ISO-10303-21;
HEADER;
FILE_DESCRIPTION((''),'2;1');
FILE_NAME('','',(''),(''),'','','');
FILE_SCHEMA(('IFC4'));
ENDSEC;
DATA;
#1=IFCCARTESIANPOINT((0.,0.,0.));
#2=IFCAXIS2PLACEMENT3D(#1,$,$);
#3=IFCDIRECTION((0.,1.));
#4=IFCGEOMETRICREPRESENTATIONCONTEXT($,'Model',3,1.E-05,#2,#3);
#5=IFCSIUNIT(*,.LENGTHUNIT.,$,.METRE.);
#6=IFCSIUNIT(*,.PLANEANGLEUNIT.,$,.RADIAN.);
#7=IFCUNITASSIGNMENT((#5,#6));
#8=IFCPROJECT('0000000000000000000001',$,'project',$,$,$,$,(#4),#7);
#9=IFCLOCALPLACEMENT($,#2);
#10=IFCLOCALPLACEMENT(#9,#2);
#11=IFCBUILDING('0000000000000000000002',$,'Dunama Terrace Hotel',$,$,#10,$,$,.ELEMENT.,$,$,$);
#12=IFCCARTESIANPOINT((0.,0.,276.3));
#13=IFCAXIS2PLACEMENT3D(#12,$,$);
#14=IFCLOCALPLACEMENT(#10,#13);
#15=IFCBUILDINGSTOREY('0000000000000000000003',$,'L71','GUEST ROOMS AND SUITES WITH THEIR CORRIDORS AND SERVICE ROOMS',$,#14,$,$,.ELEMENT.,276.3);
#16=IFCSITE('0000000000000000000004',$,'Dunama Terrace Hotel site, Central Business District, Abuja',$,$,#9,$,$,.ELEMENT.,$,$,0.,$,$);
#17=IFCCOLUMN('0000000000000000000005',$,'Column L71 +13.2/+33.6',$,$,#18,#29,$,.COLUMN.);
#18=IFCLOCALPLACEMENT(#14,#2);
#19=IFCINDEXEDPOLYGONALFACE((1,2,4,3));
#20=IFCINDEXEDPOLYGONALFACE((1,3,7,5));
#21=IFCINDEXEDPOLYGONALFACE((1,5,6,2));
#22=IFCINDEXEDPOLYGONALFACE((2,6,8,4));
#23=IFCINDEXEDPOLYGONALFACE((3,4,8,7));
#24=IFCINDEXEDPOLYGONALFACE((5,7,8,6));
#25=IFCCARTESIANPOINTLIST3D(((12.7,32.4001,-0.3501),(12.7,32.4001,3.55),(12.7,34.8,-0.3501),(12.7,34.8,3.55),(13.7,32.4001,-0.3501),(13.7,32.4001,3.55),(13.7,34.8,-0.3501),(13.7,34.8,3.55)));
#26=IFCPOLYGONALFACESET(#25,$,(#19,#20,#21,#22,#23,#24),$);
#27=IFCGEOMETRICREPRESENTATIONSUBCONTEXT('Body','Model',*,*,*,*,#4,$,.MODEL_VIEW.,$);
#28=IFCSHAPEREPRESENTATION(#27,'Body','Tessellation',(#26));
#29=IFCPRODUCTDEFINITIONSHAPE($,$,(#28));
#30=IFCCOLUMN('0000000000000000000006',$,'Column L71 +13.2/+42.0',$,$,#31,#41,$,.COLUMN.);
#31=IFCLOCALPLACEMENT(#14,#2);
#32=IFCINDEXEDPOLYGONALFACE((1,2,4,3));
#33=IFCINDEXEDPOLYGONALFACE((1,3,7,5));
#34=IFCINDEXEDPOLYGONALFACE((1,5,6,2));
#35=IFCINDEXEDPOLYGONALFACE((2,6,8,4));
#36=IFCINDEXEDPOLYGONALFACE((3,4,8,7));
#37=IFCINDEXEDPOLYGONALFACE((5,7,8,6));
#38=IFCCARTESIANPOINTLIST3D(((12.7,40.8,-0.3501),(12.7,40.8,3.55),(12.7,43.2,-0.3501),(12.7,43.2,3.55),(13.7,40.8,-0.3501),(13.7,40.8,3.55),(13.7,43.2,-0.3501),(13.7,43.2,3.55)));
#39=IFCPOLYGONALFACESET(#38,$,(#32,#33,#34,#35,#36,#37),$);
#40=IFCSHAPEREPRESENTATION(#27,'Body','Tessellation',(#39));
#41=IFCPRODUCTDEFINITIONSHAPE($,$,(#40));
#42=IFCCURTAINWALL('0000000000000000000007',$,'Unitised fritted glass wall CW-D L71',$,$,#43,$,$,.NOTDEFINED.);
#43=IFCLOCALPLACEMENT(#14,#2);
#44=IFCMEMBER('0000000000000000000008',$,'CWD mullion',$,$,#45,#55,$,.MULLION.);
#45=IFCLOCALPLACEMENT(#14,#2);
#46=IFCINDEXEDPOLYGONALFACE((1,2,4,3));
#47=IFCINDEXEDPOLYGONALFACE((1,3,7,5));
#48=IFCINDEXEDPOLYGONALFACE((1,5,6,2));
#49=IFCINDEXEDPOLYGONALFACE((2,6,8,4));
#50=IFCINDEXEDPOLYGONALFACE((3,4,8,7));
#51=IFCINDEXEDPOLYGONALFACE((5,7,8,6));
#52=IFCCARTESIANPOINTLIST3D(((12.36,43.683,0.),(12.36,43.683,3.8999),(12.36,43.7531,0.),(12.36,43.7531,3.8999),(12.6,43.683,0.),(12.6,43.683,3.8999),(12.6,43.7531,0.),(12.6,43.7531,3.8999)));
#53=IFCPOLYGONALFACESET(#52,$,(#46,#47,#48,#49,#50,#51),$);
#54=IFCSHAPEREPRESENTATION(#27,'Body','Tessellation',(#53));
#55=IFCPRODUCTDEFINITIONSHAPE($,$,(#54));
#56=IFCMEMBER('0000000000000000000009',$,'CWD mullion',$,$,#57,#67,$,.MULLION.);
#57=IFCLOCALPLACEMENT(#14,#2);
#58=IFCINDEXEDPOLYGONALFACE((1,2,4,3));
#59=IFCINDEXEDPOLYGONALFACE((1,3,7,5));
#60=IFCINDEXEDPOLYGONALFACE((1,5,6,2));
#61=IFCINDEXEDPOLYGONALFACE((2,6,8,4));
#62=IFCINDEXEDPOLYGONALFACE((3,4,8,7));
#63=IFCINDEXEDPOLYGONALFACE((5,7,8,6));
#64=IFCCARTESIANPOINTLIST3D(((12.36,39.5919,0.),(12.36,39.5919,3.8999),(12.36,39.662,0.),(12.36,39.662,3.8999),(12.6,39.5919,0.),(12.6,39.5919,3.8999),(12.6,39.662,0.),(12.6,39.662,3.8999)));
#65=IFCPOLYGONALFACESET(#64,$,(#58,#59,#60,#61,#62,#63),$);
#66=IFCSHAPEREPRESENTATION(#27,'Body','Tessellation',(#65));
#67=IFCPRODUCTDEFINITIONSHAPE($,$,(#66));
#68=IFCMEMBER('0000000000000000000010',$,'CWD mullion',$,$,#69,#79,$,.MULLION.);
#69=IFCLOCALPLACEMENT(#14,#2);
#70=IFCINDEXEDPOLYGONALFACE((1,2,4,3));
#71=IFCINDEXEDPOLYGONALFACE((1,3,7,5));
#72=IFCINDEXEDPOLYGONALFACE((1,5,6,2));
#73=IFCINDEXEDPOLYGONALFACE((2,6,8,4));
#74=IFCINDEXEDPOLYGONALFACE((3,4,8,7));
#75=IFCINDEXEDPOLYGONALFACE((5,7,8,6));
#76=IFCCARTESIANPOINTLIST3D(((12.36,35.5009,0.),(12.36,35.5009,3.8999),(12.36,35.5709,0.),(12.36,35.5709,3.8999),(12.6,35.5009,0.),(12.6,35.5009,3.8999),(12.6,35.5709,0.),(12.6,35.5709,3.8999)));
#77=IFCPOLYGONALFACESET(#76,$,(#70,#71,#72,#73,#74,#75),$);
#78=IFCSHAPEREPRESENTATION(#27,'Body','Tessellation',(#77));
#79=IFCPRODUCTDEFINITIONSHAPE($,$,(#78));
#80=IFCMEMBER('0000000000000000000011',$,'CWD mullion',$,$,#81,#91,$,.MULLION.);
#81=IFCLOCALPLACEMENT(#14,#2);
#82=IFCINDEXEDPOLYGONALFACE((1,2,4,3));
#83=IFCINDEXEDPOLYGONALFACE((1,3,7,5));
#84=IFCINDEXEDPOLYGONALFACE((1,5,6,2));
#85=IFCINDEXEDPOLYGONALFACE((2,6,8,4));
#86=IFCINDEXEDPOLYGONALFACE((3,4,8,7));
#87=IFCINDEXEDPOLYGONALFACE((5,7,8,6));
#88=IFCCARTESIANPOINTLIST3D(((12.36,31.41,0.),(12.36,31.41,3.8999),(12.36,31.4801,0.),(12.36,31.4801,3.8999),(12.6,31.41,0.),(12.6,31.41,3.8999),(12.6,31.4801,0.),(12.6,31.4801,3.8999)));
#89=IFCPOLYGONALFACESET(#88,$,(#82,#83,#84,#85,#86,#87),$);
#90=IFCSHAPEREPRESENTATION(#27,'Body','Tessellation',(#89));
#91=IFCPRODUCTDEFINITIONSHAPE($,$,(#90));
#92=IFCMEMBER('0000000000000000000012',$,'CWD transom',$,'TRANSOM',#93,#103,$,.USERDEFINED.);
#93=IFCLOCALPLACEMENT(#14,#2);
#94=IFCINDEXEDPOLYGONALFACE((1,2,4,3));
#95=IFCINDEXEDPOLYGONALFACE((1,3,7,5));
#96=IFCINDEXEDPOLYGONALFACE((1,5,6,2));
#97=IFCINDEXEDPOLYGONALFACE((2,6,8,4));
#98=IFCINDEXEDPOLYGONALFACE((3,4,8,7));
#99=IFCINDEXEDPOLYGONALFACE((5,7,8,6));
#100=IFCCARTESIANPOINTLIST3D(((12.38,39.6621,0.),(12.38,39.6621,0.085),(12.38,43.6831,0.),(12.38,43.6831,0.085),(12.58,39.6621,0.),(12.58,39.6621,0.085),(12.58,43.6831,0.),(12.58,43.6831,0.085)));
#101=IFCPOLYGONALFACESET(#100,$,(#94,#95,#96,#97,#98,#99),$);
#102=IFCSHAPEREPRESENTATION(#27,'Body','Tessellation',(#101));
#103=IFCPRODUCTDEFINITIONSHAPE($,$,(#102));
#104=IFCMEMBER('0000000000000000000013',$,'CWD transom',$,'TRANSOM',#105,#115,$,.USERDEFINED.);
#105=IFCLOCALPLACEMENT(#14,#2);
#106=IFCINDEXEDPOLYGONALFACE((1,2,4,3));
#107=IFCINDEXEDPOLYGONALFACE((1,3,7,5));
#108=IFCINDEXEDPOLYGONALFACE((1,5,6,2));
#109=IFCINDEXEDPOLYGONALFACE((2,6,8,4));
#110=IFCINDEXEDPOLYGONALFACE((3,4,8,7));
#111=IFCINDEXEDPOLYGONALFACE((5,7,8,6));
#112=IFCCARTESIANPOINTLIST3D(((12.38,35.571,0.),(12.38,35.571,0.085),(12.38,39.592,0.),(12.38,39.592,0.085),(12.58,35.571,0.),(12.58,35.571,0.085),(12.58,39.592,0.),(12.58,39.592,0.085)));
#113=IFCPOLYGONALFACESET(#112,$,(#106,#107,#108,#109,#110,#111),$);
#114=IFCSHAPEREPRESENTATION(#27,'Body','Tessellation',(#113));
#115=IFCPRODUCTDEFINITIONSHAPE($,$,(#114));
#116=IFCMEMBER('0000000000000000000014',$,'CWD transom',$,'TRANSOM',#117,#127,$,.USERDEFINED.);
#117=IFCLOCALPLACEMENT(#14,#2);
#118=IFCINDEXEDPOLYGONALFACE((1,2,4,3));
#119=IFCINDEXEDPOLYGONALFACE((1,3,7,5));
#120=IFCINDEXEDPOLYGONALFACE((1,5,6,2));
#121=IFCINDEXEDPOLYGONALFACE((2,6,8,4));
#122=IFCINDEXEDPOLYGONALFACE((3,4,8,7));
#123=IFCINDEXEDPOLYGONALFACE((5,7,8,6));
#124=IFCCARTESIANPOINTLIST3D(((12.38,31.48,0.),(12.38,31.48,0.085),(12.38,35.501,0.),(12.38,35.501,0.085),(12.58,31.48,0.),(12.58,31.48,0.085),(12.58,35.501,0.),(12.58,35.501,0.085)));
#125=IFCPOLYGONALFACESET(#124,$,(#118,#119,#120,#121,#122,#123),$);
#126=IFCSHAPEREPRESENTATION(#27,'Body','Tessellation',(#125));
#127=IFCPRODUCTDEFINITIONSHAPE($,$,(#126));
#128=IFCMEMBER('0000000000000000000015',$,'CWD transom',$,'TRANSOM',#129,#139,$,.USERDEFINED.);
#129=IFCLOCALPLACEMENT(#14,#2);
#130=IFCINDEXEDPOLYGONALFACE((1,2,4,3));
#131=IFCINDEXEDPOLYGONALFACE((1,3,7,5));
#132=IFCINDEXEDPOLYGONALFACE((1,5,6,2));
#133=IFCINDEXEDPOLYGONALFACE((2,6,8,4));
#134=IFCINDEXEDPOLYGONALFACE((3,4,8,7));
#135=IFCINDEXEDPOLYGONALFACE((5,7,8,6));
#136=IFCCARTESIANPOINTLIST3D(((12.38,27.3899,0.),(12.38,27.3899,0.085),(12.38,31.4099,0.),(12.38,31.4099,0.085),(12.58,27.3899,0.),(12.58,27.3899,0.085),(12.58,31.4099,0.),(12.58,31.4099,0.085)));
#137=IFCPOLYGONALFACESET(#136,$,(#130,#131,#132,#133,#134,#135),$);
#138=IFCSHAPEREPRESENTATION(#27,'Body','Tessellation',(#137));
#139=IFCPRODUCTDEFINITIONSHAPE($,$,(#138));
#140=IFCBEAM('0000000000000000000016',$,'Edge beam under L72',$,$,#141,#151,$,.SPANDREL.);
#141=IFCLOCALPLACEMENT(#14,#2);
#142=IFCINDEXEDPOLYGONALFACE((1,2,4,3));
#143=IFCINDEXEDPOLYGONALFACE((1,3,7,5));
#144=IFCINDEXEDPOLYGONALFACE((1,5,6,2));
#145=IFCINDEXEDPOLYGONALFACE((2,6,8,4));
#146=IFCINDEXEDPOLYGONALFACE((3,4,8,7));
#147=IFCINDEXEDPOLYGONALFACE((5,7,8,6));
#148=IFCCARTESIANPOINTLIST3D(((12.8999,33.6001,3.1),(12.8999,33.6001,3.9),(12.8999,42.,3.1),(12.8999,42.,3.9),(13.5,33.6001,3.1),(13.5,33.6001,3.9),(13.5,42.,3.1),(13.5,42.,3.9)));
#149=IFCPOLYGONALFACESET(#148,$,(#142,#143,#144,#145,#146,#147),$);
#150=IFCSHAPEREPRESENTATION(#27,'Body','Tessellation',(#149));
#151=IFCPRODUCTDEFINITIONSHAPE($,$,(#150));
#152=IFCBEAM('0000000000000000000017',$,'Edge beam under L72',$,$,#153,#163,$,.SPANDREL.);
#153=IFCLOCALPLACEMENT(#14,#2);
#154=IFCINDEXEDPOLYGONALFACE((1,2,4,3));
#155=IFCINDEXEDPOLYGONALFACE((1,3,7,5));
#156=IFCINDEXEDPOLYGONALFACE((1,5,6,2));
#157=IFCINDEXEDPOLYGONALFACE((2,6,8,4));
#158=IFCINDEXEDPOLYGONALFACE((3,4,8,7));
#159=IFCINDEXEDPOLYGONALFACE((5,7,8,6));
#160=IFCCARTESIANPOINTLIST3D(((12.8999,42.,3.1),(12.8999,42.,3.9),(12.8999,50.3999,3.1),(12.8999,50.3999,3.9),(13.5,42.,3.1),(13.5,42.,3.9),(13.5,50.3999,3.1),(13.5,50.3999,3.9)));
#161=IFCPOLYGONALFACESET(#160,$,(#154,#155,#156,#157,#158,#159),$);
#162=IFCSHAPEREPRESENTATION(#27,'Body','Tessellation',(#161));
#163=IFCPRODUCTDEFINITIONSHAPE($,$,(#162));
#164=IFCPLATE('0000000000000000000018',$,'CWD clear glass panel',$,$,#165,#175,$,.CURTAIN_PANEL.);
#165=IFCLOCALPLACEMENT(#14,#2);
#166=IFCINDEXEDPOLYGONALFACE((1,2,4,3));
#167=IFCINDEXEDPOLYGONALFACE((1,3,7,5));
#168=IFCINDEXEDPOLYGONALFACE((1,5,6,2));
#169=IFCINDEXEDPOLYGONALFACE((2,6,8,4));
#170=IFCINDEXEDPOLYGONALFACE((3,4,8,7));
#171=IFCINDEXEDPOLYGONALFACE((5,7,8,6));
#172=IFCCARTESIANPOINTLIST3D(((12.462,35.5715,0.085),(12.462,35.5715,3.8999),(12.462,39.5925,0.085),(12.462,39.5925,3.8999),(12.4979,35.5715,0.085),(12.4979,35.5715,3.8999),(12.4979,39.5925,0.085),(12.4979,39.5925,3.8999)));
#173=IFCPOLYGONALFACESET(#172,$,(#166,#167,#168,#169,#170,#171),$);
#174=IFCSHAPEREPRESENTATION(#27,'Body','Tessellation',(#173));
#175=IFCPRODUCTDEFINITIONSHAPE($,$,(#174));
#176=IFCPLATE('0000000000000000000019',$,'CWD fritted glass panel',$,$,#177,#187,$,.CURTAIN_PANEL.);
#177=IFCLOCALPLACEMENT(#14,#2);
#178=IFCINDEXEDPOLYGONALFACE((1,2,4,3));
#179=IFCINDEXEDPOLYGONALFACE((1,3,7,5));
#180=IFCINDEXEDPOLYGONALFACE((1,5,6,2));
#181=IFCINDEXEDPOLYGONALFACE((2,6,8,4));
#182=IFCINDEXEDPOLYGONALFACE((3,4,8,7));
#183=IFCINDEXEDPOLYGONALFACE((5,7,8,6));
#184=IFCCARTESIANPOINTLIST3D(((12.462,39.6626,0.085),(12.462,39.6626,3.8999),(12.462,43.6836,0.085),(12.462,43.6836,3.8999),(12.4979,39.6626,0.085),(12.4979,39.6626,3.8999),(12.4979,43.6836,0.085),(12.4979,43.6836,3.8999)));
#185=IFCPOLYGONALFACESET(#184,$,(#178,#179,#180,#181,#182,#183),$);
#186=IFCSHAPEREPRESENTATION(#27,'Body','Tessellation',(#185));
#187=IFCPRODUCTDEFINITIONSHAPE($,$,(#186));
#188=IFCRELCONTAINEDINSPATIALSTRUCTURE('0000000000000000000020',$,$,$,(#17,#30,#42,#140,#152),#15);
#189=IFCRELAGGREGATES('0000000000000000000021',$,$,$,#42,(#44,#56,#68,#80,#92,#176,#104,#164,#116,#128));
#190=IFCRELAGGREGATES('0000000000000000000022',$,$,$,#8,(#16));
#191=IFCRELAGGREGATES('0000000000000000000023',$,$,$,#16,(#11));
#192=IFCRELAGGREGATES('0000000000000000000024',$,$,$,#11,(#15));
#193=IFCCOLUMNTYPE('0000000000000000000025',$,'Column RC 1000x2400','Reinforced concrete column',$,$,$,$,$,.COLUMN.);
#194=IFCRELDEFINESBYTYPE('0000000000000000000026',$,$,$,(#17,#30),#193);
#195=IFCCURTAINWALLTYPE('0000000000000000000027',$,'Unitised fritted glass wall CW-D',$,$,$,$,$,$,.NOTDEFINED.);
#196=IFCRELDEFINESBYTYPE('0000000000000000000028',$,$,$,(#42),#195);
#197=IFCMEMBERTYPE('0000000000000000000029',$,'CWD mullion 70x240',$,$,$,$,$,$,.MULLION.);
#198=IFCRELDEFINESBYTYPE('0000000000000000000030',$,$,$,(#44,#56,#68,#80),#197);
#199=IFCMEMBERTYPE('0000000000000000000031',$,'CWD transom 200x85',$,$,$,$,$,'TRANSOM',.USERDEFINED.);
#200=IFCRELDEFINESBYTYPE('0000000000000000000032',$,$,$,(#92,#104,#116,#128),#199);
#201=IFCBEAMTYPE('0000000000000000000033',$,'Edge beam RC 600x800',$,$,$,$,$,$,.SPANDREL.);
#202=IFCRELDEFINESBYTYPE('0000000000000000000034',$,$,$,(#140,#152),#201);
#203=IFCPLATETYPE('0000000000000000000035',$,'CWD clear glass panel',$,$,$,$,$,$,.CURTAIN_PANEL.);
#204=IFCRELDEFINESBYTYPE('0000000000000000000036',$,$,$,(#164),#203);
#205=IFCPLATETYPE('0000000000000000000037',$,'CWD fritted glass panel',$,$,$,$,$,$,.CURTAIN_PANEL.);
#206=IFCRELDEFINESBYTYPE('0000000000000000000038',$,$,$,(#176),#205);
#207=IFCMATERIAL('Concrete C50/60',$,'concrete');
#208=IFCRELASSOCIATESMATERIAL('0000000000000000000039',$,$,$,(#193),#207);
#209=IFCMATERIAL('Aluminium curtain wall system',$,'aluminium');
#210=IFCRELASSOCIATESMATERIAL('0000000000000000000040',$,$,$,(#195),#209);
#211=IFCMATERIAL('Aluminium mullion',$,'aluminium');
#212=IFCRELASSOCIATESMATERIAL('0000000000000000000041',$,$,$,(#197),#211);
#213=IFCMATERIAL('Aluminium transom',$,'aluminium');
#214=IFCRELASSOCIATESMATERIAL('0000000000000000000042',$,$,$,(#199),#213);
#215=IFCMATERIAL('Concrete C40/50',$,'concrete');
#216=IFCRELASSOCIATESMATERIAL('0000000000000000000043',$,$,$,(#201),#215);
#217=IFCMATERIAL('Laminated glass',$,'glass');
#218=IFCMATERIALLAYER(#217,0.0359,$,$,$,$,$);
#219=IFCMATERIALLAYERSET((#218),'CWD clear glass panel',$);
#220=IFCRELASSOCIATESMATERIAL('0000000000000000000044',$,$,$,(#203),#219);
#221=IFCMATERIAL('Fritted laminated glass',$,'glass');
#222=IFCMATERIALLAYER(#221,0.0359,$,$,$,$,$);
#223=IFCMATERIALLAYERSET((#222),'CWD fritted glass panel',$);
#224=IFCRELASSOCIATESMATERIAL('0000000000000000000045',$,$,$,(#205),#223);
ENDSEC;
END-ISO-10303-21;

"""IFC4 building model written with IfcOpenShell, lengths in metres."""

from ifc_helpers import new_model, si_unit, direction, frame, origin, origin_2d, place, context, subcontext, project, spatial, rectangle, extrude, material, layer, layer_set, material_profile, profile_set, type_object, element, aggregate, save


model = new_model("IFC4")

# Units and contexts
model_context = context("Model", 3, precision=1e-05, world=origin(), true_north=direction((0.0, 1.0)))
body_context = subcontext(model_context, "Body", "Model", "MODEL_VIEW")
ifc_project = project(units=[si_unit("LENGTHUNIT", "METRE"), si_unit("PLANEANGLEUNIT", "RADIAN")], contexts=[model_context])

# Site, building, storey
site_placement = place(None, origin())
site = spatial("IfcSite", under=ifc_project, at=site_placement, Name="Dunama Terrace Hotel site, Central Business District, Abuja", CompositionType="ELEMENT", RefElevation=0.0)
building_placement = place(site_placement, origin())
building = spatial("IfcBuilding", under=site, at=building_placement, Name="Dunama Terrace Hotel", CompositionType="ELEMENT")
storey_placement = place(building_placement, frame((0.0, 0.0, 276.3)))
storey = spatial("IfcBuildingStorey", under=building, at=storey_placement, Name="L71", Description="GUEST ROOMS AND SUITES WITH THEIR CORRIDORS AND SERVICE ROOMS", CompositionType="ELEMENT", Elevation=276.3)

# Columns
ifc_material_1 = material(Name="Concrete C50/60", Category="concrete")
ifc_material_profile_1 = material_profile(ifc_material_1, rectangle(XDim=1.0, YDim=2.3999, at=origin_2d()), Name="RC 1000x2400")
ifc_profile_set_1 = profile_set([ifc_material_profile_1], Name="Concrete C50/60")
column_type = type_object("IfcColumnType", Name="Column RC 1000x2400", Description="Reinforced concrete column", PredefinedType="COLUMN", material=ifc_profile_set_1)
for number, where, z_axis, x_axis, name in (
    (1, (13.2, 33.6001, -0.3501), (0.0, 0.0, 1.0), (1.0, 0.0, 0.0), "Column L71 +13.2/+33.6"),
    (2, (13.2, 42.0, -0.3501), (0.0, 0.0, 1.0), (1.0, 0.0, 0.0), "Column L71 +13.2/+42.0"),
):
    element("IfcColumn", number, at=place(storey_placement, frame(where, z_axis=z_axis, x_axis=x_axis)), inside=storey, type_object=column_type, Name=name, PredefinedType="COLUMN", context=body_context, shape_type="SweptSolid", body=[
        extrude(rectangle(XDim=1.0, YDim=2.3999, at=origin_2d()), origin(), (0.0, 0.0, 1.0), 3.9001),
    ])

# Curtain wall, members
ifc_material_2 = material(Name="Aluminium curtain wall system", Category="aluminium")
curtain_wall_type = type_object("IfcCurtainWallType", Name="Unitised fritted glass wall CW-D", PredefinedType="NOTDEFINED", material=ifc_material_2)
curtain_wall_placement = place(storey_placement, origin())
curtain_wall = element("IfcCurtainWall", 3, at=curtain_wall_placement, inside=storey, type_object=curtain_wall_type, Name="Unitised fritted glass wall CW-D L71", PredefinedType="NOTDEFINED")
ifc_material_3 = material(Name="Aluminium mullion", Category="aluminium")
ifc_material_profile_2 = material_profile(ifc_material_3, rectangle(XDim=0.0701, YDim=0.24, at=origin_2d()), Name="CWD MULLION 70X240")
ifc_profile_set_2 = profile_set([ifc_material_profile_2], Name="Aluminium mullion")
member_type_1 = type_object("IfcMemberType", Name="CWD mullion 70x240", PredefinedType="MULLION", material=ifc_profile_set_2)
member_1_placement = place(storey_placement, frame((12.48, 43.718, 0.0), z_axis=(0.0, 0.0, 1.0), x_axis=(0.0, -1.0, 0.0)))
member_1 = element("IfcMember", 4, at=member_1_placement, type_object=member_type_1, Name="CWD mullion", PredefinedType="MULLION", context=body_context, shape_type="SweptSolid", body=[
    extrude(rectangle(XDim=0.0701, YDim=0.24, at=origin_2d()), origin(), (0.0, 0.0, 1.0), 3.8999),
])
member_2_placement = place(storey_placement, frame((12.48, 39.627, 0.0), z_axis=(0.0, 0.0, 1.0), x_axis=(0.0, -1.0, 0.0)))
member_2 = element("IfcMember", 5, at=member_2_placement, type_object=member_type_1, Name="CWD mullion", PredefinedType="MULLION", context=body_context, shape_type="SweptSolid", body=[
    extrude(rectangle(XDim=0.0701, YDim=0.24, at=origin_2d()), origin(), (0.0, 0.0, 1.0), 3.8999),
])
member_3_placement = place(storey_placement, frame((12.48, 35.5359, 0.0), z_axis=(0.0, 0.0, 1.0), x_axis=(0.0, -1.0, 0.0)))
member_3 = element("IfcMember", 6, at=member_3_placement, type_object=member_type_1, Name="CWD mullion", PredefinedType="MULLION", context=body_context, shape_type="SweptSolid", body=[
    extrude(rectangle(XDim=0.0701, YDim=0.24, at=origin_2d()), origin(), (0.0, 0.0, 1.0), 3.8999),
])
member_4_placement = place(storey_placement, frame((12.48, 31.4451, 0.0), z_axis=(0.0, 0.0, 1.0), x_axis=(0.0, -1.0, 0.0)))
member_4 = element("IfcMember", 7, at=member_4_placement, type_object=member_type_1, Name="CWD mullion", PredefinedType="MULLION", context=body_context, shape_type="SweptSolid", body=[
    extrude(rectangle(XDim=0.0701, YDim=0.24, at=origin_2d()), origin(), (0.0, 0.0, 1.0), 3.8999),
])
ifc_material_4 = material(Name="Aluminium transom", Category="aluminium")
ifc_material_profile_3 = material_profile(ifc_material_4, rectangle(XDim=0.2, YDim=0.085, at=origin_2d()), Name="CWD TRANSOM 200X85")
ifc_profile_set_3 = profile_set([ifc_material_profile_3], Name="Aluminium transom")
member_type_2 = type_object("IfcMemberType", Name="CWD transom 200x85", ElementType="TRANSOM", PredefinedType="USERDEFINED", material=ifc_profile_set_3)
member_5_placement = place(storey_placement, frame((12.48, 43.6831, 0.0425), z_axis=(0.0, -1.0, 0.0), x_axis=(1.0, 0.0, 0.0)))
member_5 = element("IfcMember", 8, at=member_5_placement, type_object=member_type_2, Name="CWD transom", ObjectType="TRANSOM", PredefinedType="USERDEFINED", context=body_context, shape_type="SweptSolid", body=[
    extrude(rectangle(XDim=0.2, YDim=0.085, at=origin_2d()), origin(), (0.0, 0.0, 1.0), 4.021),
])
member_6_placement = place(storey_placement, frame((12.48, 39.592, 0.0425), z_axis=(0.0, -1.0, 0.0), x_axis=(1.0, 0.0, 0.0)))
member_6 = element("IfcMember", 9, at=member_6_placement, type_object=member_type_2, Name="CWD transom", ObjectType="TRANSOM", PredefinedType="USERDEFINED", context=body_context, shape_type="SweptSolid", body=[
    extrude(rectangle(XDim=0.2, YDim=0.085, at=origin_2d()), origin(), (0.0, 0.0, 1.0), 4.021),
])
member_7_placement = place(storey_placement, frame((12.48, 35.501, 0.0425), z_axis=(0.0, -1.0, 0.0), x_axis=(1.0, 0.0, 0.0)))
member_7 = element("IfcMember", 10, at=member_7_placement, type_object=member_type_2, Name="CWD transom", ObjectType="TRANSOM", PredefinedType="USERDEFINED", context=body_context, shape_type="SweptSolid", body=[
    extrude(rectangle(XDim=0.2, YDim=0.085, at=origin_2d()), origin(), (0.0, 0.0, 1.0), 4.021),
])
member_8_placement = place(storey_placement, frame((12.48, 31.4099, 0.0425), z_axis=(0.0, -1.0, 0.0), x_axis=(1.0, 0.0, 0.0)))
member_8 = element("IfcMember", 11, at=member_8_placement, type_object=member_type_2, Name="CWD transom", ObjectType="TRANSOM", PredefinedType="USERDEFINED", context=body_context, shape_type="SweptSolid", body=[
    extrude(rectangle(XDim=0.2, YDim=0.085, at=origin_2d()), origin(), (0.0, 0.0, 1.0), 4.02),
])

# Beams
ifc_material_5 = material(Name="Concrete C40/50", Category="concrete")
ifc_material_profile_4 = material_profile(ifc_material_5, rectangle(XDim=0.6001, YDim=0.8, at=origin_2d()), Name="RC 600x800")
ifc_profile_set_4 = profile_set([ifc_material_profile_4], Name="Concrete C40/50")
beam_type = type_object("IfcBeamType", Name="Edge beam RC 600x800", PredefinedType="SPANDREL", material=ifc_profile_set_4)
for number, where, z_axis, x_axis, name in (
    (12, (13.2, 33.6001, 3.5), (0.0, 1.0, 0.0), (-1.0, 0.0, 0.0), "Edge beam under L72"),
    (13, (13.2, 42.0, 3.5), (0.0, 1.0, 0.0), (-1.0, 0.0, 0.0), "Edge beam under L72"),
):
    element("IfcBeam", number, at=place(storey_placement, frame(where, z_axis=z_axis, x_axis=x_axis)), inside=storey, type_object=beam_type, Name=name, PredefinedType="SPANDREL", context=body_context, shape_type="SweptSolid", body=[
        extrude(rectangle(XDim=0.6001, YDim=0.8, at=origin_2d()), origin(), (0.0, 0.0, 1.0), 8.3999),
    ])

# Plates
ifc_material_6 = material(Name="Laminated glass", Category="glass")
ifc_layer_1 = layer(ifc_material_6, 0.0359)
ifc_layer_set_1 = layer_set([ifc_layer_1], Name="CWD clear glass panel")
plate_type_1 = type_object("IfcPlateType", Name="CWD clear glass panel", PredefinedType="CURTAIN_PANEL", material=ifc_layer_set_1)
plate_1_placement = place(storey_placement, frame((12.48, 37.582, 0.085), z_axis=(0.0, 0.0, 1.0), x_axis=(0.0, -1.0, 0.0)))
plate_1 = element("IfcPlate", 14, at=plate_1_placement, type_object=plate_type_1, Name="CWD clear glass panel", PredefinedType="CURTAIN_PANEL", context=body_context, shape_type="SweptSolid", body=[
    extrude(rectangle(XDim=4.021, YDim=0.0359, at=origin_2d()), origin(), (0.0, 0.0, 1.0), 3.8149),
])
ifc_material_7 = material(Name="Fritted laminated glass", Category="glass")
ifc_layer_2 = layer(ifc_material_7, 0.0359)
ifc_layer_set_2 = layer_set([ifc_layer_2], Name="CWD fritted glass panel")
plate_type_2 = type_object("IfcPlateType", Name="CWD fritted glass panel", PredefinedType="CURTAIN_PANEL", material=ifc_layer_set_2)
plate_2_placement = place(storey_placement, frame((12.48, 41.6731, 0.085), z_axis=(0.0, 0.0, 1.0), x_axis=(0.0, -1.0, 0.0)))
plate_2 = element("IfcPlate", 15, at=plate_2_placement, type_object=plate_type_2, Name="CWD fritted glass panel", PredefinedType="CURTAIN_PANEL", context=body_context, shape_type="SweptSolid", body=[
    extrude(rectangle(XDim=4.021, YDim=0.0359, at=origin_2d()), origin(), (0.0, 0.0, 1.0), 3.8149),
])
aggregate(curtain_wall, [member_1, member_2, member_3, member_4, member_5, plate_2, member_6, plate_1, member_7, member_8])

save(model, "model.ifc")
